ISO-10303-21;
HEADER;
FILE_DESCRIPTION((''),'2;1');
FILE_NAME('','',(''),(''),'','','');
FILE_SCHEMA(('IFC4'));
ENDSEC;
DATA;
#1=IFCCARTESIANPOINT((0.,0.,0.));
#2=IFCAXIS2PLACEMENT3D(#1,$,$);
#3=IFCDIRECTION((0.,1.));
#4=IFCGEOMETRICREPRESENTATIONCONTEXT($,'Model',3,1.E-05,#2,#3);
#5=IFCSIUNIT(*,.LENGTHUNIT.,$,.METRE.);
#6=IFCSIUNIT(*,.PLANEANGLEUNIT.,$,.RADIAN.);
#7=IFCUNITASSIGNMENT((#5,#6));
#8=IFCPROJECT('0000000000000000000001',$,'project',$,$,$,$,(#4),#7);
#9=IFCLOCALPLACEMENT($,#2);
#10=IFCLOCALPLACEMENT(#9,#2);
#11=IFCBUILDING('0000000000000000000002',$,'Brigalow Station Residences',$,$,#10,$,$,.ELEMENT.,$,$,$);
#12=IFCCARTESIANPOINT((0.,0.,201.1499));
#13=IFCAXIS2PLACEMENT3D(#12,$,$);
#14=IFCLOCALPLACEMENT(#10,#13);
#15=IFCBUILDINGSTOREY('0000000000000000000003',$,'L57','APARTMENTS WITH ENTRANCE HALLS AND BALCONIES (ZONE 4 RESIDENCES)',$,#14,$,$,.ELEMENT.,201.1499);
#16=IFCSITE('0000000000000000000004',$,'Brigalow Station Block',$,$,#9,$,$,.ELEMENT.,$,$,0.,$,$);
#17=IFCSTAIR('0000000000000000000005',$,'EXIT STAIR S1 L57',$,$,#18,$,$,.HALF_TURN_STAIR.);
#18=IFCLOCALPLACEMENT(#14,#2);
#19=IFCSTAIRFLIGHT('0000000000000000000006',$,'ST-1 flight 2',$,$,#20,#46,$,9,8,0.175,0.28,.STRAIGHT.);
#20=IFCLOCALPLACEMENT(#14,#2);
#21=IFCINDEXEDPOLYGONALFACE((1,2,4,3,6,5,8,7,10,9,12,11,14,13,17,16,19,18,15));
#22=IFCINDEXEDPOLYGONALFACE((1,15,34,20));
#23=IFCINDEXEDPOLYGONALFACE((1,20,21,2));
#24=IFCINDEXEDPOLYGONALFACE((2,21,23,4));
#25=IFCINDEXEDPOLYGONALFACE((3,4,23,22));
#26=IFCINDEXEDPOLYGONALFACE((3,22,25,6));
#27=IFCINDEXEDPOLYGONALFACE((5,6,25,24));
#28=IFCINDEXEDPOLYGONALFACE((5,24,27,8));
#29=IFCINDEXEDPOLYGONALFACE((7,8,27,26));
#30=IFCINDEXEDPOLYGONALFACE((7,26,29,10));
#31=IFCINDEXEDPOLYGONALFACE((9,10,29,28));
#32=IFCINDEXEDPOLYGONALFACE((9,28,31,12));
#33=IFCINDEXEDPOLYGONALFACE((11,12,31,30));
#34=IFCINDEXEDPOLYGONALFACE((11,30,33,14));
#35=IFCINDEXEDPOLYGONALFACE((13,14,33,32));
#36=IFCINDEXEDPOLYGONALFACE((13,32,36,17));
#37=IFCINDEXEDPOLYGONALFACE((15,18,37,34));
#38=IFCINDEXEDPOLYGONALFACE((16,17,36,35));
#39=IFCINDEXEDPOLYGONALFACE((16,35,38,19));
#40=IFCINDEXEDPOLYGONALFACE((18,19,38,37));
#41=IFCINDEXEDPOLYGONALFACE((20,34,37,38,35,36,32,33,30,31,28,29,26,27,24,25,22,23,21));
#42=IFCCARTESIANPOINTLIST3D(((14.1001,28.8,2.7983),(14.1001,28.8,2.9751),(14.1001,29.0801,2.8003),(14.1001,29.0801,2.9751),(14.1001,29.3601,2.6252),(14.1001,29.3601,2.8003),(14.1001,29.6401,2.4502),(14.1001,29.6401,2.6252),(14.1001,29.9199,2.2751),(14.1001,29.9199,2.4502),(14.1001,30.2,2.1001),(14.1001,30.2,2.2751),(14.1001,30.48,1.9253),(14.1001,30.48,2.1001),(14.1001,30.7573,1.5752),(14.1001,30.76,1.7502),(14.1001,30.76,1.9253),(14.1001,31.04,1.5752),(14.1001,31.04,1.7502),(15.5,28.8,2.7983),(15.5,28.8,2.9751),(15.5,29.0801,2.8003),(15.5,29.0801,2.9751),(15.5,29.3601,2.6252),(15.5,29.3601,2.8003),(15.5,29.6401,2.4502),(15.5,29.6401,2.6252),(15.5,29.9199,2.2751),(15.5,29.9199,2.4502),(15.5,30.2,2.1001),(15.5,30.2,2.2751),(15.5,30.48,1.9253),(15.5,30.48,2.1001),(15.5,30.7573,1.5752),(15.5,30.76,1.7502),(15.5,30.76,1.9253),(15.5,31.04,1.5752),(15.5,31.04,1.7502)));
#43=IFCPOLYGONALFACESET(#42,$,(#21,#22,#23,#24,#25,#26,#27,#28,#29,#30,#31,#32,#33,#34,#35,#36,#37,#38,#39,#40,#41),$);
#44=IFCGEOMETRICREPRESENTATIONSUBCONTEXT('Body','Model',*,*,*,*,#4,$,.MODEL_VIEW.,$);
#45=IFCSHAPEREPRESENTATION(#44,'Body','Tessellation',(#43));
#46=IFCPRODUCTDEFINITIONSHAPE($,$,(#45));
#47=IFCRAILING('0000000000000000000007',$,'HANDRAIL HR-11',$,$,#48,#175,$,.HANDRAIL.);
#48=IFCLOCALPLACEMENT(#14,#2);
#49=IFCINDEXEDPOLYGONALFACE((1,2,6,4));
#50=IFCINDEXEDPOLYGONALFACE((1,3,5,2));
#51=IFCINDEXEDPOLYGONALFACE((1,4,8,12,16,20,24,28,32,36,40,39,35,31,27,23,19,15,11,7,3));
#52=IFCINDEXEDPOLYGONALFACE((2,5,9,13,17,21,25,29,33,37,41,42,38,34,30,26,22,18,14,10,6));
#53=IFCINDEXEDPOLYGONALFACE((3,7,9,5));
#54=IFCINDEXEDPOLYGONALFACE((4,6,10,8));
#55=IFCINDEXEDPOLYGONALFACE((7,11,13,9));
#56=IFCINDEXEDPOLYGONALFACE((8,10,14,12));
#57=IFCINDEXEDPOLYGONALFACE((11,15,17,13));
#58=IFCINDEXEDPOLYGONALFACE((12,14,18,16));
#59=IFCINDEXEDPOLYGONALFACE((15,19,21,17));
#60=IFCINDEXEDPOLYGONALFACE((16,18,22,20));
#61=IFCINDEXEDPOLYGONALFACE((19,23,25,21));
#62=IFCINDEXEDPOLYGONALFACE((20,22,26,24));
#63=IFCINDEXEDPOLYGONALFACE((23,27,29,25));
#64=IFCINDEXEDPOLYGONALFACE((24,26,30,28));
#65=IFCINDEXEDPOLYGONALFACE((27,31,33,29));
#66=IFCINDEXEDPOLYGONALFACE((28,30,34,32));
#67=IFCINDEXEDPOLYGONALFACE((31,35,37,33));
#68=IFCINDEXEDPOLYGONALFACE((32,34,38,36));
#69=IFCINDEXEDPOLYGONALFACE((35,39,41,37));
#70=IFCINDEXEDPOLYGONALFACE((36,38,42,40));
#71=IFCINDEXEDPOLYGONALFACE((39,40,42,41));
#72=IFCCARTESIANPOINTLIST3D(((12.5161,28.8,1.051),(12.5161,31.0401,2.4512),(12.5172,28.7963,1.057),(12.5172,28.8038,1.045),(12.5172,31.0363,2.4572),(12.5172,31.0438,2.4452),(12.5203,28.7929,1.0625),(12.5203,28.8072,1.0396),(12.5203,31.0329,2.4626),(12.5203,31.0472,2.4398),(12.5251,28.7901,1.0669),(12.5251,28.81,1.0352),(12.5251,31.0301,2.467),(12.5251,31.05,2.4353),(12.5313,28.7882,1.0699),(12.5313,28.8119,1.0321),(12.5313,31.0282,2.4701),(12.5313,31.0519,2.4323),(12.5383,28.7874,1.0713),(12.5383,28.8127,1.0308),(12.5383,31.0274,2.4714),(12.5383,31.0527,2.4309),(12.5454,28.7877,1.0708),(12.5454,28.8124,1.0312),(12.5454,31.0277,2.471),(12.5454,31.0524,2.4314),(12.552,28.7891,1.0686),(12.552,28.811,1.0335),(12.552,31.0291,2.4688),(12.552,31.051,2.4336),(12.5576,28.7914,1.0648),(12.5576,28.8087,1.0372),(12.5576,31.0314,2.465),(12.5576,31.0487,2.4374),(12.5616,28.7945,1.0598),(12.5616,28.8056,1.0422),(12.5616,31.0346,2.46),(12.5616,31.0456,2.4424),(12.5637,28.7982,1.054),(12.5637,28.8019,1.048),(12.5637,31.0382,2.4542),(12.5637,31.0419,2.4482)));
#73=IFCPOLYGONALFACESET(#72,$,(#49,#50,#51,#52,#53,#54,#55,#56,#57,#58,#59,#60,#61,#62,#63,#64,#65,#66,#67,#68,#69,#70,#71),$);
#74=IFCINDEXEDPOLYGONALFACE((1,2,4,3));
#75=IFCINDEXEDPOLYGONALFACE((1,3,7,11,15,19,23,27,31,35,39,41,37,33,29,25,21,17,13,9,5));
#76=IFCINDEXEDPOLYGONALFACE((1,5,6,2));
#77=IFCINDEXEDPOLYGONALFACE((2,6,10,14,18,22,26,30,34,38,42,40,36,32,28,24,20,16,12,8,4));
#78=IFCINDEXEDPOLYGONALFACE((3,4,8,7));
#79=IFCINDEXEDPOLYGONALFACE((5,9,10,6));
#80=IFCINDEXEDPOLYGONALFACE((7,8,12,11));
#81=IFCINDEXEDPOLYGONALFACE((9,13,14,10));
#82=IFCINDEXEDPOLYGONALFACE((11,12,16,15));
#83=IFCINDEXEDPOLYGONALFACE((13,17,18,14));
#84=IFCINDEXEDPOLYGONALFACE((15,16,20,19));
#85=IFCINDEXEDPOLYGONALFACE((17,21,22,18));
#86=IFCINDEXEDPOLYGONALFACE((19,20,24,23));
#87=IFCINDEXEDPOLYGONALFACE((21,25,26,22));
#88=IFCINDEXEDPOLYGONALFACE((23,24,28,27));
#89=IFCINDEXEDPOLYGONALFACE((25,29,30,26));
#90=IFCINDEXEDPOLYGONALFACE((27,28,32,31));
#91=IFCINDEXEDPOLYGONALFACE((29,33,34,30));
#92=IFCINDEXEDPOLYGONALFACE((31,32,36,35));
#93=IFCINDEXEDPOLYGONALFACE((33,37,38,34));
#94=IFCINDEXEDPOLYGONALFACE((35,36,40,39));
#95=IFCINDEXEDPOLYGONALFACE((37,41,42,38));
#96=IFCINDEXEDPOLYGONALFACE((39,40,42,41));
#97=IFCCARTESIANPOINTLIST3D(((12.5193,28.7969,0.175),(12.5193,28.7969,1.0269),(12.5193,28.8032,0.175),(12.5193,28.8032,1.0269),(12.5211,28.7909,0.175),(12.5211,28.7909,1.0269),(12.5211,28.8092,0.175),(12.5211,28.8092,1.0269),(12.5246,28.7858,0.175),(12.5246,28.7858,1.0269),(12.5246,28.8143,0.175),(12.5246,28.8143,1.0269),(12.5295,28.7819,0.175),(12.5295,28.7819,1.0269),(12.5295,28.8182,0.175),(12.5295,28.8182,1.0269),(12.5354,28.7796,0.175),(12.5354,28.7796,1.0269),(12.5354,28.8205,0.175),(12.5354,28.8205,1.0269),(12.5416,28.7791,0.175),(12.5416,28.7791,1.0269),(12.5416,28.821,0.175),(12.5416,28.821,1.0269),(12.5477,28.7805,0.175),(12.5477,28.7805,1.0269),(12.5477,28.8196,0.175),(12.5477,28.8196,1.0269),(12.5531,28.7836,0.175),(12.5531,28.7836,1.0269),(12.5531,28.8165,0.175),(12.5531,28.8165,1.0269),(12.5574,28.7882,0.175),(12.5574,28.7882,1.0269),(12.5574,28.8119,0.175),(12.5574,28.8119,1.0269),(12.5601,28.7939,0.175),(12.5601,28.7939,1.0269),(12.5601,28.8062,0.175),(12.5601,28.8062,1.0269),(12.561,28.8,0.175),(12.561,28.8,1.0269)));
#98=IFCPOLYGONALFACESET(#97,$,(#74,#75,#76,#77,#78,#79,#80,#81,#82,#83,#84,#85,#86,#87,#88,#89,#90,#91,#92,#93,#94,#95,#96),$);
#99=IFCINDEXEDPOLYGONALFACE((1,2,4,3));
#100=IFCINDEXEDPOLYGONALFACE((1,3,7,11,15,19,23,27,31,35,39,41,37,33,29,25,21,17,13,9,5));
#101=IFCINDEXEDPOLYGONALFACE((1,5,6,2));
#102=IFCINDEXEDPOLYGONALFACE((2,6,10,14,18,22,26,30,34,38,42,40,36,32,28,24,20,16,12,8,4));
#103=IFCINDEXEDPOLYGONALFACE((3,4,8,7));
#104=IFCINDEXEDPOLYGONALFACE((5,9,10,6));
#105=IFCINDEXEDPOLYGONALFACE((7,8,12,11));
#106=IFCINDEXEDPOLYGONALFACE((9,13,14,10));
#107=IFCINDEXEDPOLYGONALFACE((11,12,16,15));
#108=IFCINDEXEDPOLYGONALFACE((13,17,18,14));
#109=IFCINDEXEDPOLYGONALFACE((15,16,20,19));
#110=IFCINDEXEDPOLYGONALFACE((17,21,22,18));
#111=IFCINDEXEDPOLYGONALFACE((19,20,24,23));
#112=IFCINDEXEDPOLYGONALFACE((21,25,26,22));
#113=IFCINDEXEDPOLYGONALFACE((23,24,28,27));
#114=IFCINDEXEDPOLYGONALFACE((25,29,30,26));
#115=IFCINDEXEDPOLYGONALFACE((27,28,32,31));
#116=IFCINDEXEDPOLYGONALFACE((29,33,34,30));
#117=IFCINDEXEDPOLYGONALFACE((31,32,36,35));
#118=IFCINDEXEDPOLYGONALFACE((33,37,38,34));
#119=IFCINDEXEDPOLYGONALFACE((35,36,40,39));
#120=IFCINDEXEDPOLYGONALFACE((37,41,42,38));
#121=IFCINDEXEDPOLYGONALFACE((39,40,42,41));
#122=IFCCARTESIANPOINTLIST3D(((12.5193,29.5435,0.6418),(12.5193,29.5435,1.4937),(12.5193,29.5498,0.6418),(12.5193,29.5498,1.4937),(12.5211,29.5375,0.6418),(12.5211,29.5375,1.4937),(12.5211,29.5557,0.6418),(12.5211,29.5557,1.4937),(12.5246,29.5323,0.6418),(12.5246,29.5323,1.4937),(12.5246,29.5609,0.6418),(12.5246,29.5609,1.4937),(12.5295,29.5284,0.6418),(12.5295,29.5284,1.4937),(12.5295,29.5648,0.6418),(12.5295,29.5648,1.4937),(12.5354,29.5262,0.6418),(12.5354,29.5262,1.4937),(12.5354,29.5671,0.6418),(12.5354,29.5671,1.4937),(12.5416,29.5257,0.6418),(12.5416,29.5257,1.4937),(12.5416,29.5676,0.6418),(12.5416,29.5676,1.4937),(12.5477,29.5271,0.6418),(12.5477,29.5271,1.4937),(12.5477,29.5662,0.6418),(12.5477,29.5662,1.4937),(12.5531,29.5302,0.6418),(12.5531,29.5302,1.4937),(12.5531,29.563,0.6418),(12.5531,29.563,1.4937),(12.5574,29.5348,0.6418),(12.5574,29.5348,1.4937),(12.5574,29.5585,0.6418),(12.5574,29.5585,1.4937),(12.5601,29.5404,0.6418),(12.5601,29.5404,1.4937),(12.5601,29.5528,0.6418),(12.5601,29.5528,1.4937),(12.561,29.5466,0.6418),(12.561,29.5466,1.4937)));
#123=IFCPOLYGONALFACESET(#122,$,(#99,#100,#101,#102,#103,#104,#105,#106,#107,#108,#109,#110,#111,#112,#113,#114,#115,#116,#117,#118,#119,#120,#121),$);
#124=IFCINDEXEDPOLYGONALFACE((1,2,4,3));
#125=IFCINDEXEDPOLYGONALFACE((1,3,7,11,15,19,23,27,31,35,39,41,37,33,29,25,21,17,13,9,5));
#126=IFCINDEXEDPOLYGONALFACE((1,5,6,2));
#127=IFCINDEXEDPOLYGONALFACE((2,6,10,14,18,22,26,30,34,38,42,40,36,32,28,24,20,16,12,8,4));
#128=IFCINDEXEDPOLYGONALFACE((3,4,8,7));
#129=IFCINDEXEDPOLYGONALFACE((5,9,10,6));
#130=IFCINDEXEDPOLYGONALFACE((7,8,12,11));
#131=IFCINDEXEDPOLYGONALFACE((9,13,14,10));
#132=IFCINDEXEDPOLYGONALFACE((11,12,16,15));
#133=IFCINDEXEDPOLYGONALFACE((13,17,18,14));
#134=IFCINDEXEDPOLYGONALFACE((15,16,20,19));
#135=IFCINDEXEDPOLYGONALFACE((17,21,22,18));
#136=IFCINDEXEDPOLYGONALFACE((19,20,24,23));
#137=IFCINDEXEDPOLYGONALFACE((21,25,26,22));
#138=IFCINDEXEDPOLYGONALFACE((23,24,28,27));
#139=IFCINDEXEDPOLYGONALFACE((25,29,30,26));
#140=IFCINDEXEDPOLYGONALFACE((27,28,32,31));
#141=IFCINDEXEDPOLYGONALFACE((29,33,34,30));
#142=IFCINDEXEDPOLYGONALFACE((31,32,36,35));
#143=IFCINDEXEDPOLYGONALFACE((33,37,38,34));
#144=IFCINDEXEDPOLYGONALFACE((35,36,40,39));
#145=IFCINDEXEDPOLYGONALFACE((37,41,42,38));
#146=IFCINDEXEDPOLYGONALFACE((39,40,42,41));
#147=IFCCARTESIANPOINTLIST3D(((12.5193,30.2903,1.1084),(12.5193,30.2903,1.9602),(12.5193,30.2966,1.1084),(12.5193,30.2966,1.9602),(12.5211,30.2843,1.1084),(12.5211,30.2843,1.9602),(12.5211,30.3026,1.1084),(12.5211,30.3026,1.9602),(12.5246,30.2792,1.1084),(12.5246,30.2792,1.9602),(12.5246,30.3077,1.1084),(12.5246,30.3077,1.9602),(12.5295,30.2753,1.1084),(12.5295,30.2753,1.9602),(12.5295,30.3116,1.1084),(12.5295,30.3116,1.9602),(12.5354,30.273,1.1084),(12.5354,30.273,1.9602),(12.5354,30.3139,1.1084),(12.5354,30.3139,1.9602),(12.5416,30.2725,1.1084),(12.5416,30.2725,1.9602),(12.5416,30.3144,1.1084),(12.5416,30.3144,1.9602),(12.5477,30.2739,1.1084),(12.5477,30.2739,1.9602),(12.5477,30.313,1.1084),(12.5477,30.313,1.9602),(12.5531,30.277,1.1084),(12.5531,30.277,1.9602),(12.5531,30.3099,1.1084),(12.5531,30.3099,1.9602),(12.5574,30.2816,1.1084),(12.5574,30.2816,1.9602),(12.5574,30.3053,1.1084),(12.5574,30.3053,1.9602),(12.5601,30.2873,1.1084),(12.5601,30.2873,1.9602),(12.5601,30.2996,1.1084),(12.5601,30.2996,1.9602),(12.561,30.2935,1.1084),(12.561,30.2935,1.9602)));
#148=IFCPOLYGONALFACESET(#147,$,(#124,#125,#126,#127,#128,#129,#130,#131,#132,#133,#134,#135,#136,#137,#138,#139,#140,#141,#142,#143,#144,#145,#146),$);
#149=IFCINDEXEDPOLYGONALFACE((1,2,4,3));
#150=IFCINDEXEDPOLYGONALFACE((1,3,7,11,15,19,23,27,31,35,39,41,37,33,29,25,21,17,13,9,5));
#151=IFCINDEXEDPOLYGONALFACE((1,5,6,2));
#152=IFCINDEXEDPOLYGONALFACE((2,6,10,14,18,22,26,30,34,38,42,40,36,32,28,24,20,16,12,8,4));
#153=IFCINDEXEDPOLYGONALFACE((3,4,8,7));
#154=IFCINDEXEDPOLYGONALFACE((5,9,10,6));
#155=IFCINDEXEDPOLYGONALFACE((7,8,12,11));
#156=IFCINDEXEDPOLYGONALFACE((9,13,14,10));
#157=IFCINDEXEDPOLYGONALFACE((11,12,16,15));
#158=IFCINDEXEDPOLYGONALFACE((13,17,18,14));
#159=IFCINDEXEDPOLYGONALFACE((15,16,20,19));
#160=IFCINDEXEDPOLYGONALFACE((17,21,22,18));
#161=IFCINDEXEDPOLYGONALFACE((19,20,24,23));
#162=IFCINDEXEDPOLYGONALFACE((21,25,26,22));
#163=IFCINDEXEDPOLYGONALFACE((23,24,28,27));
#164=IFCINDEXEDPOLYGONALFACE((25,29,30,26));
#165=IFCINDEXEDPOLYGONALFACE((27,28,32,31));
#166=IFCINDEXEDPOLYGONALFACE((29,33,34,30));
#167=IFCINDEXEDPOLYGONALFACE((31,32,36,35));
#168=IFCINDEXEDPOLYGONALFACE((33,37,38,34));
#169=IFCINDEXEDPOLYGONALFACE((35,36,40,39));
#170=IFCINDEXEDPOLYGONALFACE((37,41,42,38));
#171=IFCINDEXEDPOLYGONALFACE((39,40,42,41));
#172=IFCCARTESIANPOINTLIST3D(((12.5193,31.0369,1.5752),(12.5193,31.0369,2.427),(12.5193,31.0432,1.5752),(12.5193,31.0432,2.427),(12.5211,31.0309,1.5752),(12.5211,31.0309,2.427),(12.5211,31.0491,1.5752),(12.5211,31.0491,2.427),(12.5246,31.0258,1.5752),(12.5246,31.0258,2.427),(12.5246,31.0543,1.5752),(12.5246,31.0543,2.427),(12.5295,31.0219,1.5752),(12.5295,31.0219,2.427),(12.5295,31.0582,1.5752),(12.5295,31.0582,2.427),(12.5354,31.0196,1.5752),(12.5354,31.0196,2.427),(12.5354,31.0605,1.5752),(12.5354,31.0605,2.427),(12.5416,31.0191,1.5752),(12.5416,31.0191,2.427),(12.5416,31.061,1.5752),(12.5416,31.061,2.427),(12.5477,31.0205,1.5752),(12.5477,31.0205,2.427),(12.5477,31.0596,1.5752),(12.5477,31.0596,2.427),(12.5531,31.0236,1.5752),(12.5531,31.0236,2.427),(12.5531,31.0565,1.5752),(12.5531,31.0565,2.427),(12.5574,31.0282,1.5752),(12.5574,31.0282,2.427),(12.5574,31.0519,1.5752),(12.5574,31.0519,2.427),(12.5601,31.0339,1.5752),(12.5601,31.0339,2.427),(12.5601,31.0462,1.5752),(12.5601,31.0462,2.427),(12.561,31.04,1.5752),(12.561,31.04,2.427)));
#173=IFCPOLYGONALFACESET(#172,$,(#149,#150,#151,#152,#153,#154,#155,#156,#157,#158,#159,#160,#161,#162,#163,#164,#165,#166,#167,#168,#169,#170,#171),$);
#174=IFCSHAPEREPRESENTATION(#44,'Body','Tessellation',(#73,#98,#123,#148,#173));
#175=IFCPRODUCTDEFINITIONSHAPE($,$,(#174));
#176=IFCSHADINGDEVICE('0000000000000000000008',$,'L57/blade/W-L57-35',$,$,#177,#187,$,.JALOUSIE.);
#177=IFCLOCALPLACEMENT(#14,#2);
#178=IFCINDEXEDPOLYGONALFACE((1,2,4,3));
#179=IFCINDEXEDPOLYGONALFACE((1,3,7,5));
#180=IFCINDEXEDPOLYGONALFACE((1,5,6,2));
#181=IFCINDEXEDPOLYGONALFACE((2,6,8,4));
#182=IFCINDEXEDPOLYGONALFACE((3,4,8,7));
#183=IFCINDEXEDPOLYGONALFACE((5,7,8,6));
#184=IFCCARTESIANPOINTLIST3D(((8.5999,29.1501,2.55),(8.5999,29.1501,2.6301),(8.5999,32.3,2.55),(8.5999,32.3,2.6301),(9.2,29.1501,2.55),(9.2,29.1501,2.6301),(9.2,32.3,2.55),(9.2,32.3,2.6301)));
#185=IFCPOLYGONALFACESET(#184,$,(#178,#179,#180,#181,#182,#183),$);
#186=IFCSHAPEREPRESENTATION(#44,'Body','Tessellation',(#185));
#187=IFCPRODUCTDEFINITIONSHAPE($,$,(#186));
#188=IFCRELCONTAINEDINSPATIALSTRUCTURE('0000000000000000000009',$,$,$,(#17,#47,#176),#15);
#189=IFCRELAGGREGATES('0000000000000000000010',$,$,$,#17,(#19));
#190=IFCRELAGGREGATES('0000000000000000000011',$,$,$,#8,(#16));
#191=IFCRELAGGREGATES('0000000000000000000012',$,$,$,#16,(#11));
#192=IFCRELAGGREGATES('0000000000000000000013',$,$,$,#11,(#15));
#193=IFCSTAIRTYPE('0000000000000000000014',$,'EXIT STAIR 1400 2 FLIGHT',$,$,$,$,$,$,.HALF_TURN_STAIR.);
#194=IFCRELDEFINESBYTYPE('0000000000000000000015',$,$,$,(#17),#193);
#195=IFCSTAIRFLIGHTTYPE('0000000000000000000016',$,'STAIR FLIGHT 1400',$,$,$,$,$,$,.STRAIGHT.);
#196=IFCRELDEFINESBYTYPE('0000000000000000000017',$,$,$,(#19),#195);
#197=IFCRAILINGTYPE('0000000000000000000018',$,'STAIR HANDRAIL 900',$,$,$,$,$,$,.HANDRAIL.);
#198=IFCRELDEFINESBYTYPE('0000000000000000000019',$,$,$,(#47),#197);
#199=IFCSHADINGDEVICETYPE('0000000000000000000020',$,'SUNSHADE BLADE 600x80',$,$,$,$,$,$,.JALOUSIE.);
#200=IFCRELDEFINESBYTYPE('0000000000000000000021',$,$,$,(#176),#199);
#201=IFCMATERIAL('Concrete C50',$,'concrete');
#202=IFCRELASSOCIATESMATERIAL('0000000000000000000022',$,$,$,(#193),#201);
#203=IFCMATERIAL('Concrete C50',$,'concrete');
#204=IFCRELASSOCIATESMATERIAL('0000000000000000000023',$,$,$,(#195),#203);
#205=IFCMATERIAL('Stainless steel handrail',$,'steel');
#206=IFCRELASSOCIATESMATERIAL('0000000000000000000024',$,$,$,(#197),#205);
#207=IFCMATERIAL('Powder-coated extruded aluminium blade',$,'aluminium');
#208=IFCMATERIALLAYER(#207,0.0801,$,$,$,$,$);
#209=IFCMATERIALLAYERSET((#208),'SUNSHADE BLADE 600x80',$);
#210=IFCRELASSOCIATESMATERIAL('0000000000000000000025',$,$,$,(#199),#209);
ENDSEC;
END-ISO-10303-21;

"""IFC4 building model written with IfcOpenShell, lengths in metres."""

from ifc_helpers import new_model, si_unit, direction, frame, origin, origin_2d, place, context, subcontext, project, spatial, polyline, rectangle, circle, outline, extrude, material, layer, layer_set, type_object, element, aggregate, save


model = new_model("IFC4")

# Units and contexts
model_context = context("Model", 3, precision=1e-05, world=origin(), true_north=direction((0.0, 1.0)))
body_context = subcontext(model_context, "Body", "Model", "MODEL_VIEW")
ifc_project = project(units=[si_unit("LENGTHUNIT", "METRE"), si_unit("PLANEANGLEUNIT", "RADIAN")], contexts=[model_context])

# Site, building, storey
site_placement = place(None, origin())
site = spatial("IfcSite", under=ifc_project, at=site_placement, Name="Brigalow Station Block", CompositionType="ELEMENT", RefElevation=0.0)
building_placement = place(site_placement, origin())
building = spatial("IfcBuilding", under=site, at=building_placement, Name="Brigalow Station Residences", CompositionType="ELEMENT")
storey_placement = place(building_placement, frame((0.0, 0.0, 201.1499)))
storey = spatial("IfcBuildingStorey", under=building, at=storey_placement, Name="L57", Description="APARTMENTS WITH ENTRANCE HALLS AND BALCONIES (ZONE 4 RESIDENCES)", CompositionType="ELEMENT", Elevation=201.1499)

# Stair, stair flight
ifc_material_1 = material(Name="Concrete C50", Category="concrete")
stair_type = type_object("IfcStairType", Name="EXIT STAIR 1400 2 FLIGHT", PredefinedType="HALF_TURN_STAIR", material=ifc_material_1)
stair_placement = place(storey_placement, origin())
stair = element("IfcStair", 1, at=stair_placement, inside=storey, type_object=stair_type, Name="EXIT STAIR S1 L57", PredefinedType="HALF_TURN_STAIR")
ifc_material_2 = material(Name="Concrete C50", Category="concrete")
stair_flight_type = type_object("IfcStairFlightType", Name="STAIR FLIGHT 1400", PredefinedType="STRAIGHT", material=ifc_material_2)
stair_flight_1_placement = place(storey_placement, frame((14.8, 31.04, 1.5752), z_axis=(0.0, 0.0, 1.0), x_axis=(0.0, -1.0, 0.0)))
stair_flight_1 = element("IfcStairFlight", 2, at=stair_flight_1_placement, type_object=stair_flight_type, Name="ST-1 flight 2", NumberOfRisers=9, NumberOfTreads=8, PredefinedType="STRAIGHT", RiserHeight=0.175, TreadLength=0.28, context=body_context, shape_type="SweptSolid", body=[
    extrude(outline(polyline([(0.0, 0.0), (0.0, 0.175), (0.28, 0.175), (0.28, 0.3501), (0.5601, 0.3501), (0.5601, 0.5249), (0.8401, 0.5249), (0.8401, 0.7), (1.1201, 0.7), (1.1201, 0.875), (1.3999, 0.875), (1.3999, 1.05), (1.6799, 1.05), (1.6799, 1.2251), (1.96, 1.2251), (1.96, 1.3999), (2.24, 1.3999), (2.24, 1.575), (2.24, 1.2231), (0.2827, 0.0), (0.0, 0.0)])), frame((0.0, 0.7, 0.0), z_axis=(0.0, -1.0, 0.0), x_axis=(1.0, 0.0, 0.0)), (0.0, 0.0, 1.0), 1.3999),
])
aggregate(stair, [stair_flight_1])

# Railing
ifc_material_3 = material(Name="Stainless steel handrail", Category="steel")
railing_type_1 = type_object("IfcRailingType", Name="STAIR HANDRAIL 900", PredefinedType="HANDRAIL", material=ifc_material_3)
railing_1_placement = place(storey_placement, frame((12.54, 28.8, 0.175)))
element("IfcRailing", 3, at=railing_1_placement, inside=storey, type_object=railing_type_1, Name="HANDRAIL HR-11", PredefinedType="HANDRAIL", context=body_context, shape_type="SweptSolid", body=[
    extrude(circle(Radius=0.0239, at=origin_2d()), frame((0.0, 0.0, 0.876), z_axis=(0.0, 0.847972, 0.53004), x_axis=(-1.0, 0.0, 0.0)), (0.0, 0.0, 1.0), 2.6416),
    extrude(circle(Radius=0.021, at=origin_2d()), origin(), (0.0, 0.0, 1.0), 0.8518),
    extrude(circle(Radius=0.021, at=origin_2d()), frame((0.0, 0.7466, 0.4668)), (0.0, 0.0, 1.0), 0.8518),
    extrude(circle(Radius=0.021, at=origin_2d()), frame((0.0, 1.4934, 0.9333)), (0.0, 0.0, 1.0), 0.8518),
    extrude(circle(Radius=0.021, at=origin_2d()), frame((0.0, 2.24, 1.4001)), (0.0, 0.0, 1.0), 0.8518),
])

# Shading device
ifc_material_4 = material(Name="Powder-coated extruded aluminium blade", Category="aluminium")
ifc_layer_1 = layer(ifc_material_4, 0.0801)
ifc_layer_set_1 = layer_set([ifc_layer_1], Name="SUNSHADE BLADE 600x80")
shading_device_type = type_object("IfcShadingDeviceType", Name="SUNSHADE BLADE 600x80", PredefinedType="JALOUSIE", material=ifc_layer_set_1)
shading_device_placement = place(storey_placement, frame((8.8999, 30.7251, 2.55), z_axis=(0.0, 0.0, 1.0), x_axis=(0.0, -1.0, 0.0)))
element("IfcShadingDevice", 4, at=shading_device_placement, inside=storey, type_object=shading_device_type, Name="L57/blade/W-L57-35", PredefinedType="JALOUSIE", context=body_context, shape_type="SweptSolid", body=[
    extrude(rectangle(XDim=3.1499, YDim=0.6001, at=origin_2d()), origin(), (0.0, 0.0, 1.0), 0.0801),
])

save(model, "model.ifc")
